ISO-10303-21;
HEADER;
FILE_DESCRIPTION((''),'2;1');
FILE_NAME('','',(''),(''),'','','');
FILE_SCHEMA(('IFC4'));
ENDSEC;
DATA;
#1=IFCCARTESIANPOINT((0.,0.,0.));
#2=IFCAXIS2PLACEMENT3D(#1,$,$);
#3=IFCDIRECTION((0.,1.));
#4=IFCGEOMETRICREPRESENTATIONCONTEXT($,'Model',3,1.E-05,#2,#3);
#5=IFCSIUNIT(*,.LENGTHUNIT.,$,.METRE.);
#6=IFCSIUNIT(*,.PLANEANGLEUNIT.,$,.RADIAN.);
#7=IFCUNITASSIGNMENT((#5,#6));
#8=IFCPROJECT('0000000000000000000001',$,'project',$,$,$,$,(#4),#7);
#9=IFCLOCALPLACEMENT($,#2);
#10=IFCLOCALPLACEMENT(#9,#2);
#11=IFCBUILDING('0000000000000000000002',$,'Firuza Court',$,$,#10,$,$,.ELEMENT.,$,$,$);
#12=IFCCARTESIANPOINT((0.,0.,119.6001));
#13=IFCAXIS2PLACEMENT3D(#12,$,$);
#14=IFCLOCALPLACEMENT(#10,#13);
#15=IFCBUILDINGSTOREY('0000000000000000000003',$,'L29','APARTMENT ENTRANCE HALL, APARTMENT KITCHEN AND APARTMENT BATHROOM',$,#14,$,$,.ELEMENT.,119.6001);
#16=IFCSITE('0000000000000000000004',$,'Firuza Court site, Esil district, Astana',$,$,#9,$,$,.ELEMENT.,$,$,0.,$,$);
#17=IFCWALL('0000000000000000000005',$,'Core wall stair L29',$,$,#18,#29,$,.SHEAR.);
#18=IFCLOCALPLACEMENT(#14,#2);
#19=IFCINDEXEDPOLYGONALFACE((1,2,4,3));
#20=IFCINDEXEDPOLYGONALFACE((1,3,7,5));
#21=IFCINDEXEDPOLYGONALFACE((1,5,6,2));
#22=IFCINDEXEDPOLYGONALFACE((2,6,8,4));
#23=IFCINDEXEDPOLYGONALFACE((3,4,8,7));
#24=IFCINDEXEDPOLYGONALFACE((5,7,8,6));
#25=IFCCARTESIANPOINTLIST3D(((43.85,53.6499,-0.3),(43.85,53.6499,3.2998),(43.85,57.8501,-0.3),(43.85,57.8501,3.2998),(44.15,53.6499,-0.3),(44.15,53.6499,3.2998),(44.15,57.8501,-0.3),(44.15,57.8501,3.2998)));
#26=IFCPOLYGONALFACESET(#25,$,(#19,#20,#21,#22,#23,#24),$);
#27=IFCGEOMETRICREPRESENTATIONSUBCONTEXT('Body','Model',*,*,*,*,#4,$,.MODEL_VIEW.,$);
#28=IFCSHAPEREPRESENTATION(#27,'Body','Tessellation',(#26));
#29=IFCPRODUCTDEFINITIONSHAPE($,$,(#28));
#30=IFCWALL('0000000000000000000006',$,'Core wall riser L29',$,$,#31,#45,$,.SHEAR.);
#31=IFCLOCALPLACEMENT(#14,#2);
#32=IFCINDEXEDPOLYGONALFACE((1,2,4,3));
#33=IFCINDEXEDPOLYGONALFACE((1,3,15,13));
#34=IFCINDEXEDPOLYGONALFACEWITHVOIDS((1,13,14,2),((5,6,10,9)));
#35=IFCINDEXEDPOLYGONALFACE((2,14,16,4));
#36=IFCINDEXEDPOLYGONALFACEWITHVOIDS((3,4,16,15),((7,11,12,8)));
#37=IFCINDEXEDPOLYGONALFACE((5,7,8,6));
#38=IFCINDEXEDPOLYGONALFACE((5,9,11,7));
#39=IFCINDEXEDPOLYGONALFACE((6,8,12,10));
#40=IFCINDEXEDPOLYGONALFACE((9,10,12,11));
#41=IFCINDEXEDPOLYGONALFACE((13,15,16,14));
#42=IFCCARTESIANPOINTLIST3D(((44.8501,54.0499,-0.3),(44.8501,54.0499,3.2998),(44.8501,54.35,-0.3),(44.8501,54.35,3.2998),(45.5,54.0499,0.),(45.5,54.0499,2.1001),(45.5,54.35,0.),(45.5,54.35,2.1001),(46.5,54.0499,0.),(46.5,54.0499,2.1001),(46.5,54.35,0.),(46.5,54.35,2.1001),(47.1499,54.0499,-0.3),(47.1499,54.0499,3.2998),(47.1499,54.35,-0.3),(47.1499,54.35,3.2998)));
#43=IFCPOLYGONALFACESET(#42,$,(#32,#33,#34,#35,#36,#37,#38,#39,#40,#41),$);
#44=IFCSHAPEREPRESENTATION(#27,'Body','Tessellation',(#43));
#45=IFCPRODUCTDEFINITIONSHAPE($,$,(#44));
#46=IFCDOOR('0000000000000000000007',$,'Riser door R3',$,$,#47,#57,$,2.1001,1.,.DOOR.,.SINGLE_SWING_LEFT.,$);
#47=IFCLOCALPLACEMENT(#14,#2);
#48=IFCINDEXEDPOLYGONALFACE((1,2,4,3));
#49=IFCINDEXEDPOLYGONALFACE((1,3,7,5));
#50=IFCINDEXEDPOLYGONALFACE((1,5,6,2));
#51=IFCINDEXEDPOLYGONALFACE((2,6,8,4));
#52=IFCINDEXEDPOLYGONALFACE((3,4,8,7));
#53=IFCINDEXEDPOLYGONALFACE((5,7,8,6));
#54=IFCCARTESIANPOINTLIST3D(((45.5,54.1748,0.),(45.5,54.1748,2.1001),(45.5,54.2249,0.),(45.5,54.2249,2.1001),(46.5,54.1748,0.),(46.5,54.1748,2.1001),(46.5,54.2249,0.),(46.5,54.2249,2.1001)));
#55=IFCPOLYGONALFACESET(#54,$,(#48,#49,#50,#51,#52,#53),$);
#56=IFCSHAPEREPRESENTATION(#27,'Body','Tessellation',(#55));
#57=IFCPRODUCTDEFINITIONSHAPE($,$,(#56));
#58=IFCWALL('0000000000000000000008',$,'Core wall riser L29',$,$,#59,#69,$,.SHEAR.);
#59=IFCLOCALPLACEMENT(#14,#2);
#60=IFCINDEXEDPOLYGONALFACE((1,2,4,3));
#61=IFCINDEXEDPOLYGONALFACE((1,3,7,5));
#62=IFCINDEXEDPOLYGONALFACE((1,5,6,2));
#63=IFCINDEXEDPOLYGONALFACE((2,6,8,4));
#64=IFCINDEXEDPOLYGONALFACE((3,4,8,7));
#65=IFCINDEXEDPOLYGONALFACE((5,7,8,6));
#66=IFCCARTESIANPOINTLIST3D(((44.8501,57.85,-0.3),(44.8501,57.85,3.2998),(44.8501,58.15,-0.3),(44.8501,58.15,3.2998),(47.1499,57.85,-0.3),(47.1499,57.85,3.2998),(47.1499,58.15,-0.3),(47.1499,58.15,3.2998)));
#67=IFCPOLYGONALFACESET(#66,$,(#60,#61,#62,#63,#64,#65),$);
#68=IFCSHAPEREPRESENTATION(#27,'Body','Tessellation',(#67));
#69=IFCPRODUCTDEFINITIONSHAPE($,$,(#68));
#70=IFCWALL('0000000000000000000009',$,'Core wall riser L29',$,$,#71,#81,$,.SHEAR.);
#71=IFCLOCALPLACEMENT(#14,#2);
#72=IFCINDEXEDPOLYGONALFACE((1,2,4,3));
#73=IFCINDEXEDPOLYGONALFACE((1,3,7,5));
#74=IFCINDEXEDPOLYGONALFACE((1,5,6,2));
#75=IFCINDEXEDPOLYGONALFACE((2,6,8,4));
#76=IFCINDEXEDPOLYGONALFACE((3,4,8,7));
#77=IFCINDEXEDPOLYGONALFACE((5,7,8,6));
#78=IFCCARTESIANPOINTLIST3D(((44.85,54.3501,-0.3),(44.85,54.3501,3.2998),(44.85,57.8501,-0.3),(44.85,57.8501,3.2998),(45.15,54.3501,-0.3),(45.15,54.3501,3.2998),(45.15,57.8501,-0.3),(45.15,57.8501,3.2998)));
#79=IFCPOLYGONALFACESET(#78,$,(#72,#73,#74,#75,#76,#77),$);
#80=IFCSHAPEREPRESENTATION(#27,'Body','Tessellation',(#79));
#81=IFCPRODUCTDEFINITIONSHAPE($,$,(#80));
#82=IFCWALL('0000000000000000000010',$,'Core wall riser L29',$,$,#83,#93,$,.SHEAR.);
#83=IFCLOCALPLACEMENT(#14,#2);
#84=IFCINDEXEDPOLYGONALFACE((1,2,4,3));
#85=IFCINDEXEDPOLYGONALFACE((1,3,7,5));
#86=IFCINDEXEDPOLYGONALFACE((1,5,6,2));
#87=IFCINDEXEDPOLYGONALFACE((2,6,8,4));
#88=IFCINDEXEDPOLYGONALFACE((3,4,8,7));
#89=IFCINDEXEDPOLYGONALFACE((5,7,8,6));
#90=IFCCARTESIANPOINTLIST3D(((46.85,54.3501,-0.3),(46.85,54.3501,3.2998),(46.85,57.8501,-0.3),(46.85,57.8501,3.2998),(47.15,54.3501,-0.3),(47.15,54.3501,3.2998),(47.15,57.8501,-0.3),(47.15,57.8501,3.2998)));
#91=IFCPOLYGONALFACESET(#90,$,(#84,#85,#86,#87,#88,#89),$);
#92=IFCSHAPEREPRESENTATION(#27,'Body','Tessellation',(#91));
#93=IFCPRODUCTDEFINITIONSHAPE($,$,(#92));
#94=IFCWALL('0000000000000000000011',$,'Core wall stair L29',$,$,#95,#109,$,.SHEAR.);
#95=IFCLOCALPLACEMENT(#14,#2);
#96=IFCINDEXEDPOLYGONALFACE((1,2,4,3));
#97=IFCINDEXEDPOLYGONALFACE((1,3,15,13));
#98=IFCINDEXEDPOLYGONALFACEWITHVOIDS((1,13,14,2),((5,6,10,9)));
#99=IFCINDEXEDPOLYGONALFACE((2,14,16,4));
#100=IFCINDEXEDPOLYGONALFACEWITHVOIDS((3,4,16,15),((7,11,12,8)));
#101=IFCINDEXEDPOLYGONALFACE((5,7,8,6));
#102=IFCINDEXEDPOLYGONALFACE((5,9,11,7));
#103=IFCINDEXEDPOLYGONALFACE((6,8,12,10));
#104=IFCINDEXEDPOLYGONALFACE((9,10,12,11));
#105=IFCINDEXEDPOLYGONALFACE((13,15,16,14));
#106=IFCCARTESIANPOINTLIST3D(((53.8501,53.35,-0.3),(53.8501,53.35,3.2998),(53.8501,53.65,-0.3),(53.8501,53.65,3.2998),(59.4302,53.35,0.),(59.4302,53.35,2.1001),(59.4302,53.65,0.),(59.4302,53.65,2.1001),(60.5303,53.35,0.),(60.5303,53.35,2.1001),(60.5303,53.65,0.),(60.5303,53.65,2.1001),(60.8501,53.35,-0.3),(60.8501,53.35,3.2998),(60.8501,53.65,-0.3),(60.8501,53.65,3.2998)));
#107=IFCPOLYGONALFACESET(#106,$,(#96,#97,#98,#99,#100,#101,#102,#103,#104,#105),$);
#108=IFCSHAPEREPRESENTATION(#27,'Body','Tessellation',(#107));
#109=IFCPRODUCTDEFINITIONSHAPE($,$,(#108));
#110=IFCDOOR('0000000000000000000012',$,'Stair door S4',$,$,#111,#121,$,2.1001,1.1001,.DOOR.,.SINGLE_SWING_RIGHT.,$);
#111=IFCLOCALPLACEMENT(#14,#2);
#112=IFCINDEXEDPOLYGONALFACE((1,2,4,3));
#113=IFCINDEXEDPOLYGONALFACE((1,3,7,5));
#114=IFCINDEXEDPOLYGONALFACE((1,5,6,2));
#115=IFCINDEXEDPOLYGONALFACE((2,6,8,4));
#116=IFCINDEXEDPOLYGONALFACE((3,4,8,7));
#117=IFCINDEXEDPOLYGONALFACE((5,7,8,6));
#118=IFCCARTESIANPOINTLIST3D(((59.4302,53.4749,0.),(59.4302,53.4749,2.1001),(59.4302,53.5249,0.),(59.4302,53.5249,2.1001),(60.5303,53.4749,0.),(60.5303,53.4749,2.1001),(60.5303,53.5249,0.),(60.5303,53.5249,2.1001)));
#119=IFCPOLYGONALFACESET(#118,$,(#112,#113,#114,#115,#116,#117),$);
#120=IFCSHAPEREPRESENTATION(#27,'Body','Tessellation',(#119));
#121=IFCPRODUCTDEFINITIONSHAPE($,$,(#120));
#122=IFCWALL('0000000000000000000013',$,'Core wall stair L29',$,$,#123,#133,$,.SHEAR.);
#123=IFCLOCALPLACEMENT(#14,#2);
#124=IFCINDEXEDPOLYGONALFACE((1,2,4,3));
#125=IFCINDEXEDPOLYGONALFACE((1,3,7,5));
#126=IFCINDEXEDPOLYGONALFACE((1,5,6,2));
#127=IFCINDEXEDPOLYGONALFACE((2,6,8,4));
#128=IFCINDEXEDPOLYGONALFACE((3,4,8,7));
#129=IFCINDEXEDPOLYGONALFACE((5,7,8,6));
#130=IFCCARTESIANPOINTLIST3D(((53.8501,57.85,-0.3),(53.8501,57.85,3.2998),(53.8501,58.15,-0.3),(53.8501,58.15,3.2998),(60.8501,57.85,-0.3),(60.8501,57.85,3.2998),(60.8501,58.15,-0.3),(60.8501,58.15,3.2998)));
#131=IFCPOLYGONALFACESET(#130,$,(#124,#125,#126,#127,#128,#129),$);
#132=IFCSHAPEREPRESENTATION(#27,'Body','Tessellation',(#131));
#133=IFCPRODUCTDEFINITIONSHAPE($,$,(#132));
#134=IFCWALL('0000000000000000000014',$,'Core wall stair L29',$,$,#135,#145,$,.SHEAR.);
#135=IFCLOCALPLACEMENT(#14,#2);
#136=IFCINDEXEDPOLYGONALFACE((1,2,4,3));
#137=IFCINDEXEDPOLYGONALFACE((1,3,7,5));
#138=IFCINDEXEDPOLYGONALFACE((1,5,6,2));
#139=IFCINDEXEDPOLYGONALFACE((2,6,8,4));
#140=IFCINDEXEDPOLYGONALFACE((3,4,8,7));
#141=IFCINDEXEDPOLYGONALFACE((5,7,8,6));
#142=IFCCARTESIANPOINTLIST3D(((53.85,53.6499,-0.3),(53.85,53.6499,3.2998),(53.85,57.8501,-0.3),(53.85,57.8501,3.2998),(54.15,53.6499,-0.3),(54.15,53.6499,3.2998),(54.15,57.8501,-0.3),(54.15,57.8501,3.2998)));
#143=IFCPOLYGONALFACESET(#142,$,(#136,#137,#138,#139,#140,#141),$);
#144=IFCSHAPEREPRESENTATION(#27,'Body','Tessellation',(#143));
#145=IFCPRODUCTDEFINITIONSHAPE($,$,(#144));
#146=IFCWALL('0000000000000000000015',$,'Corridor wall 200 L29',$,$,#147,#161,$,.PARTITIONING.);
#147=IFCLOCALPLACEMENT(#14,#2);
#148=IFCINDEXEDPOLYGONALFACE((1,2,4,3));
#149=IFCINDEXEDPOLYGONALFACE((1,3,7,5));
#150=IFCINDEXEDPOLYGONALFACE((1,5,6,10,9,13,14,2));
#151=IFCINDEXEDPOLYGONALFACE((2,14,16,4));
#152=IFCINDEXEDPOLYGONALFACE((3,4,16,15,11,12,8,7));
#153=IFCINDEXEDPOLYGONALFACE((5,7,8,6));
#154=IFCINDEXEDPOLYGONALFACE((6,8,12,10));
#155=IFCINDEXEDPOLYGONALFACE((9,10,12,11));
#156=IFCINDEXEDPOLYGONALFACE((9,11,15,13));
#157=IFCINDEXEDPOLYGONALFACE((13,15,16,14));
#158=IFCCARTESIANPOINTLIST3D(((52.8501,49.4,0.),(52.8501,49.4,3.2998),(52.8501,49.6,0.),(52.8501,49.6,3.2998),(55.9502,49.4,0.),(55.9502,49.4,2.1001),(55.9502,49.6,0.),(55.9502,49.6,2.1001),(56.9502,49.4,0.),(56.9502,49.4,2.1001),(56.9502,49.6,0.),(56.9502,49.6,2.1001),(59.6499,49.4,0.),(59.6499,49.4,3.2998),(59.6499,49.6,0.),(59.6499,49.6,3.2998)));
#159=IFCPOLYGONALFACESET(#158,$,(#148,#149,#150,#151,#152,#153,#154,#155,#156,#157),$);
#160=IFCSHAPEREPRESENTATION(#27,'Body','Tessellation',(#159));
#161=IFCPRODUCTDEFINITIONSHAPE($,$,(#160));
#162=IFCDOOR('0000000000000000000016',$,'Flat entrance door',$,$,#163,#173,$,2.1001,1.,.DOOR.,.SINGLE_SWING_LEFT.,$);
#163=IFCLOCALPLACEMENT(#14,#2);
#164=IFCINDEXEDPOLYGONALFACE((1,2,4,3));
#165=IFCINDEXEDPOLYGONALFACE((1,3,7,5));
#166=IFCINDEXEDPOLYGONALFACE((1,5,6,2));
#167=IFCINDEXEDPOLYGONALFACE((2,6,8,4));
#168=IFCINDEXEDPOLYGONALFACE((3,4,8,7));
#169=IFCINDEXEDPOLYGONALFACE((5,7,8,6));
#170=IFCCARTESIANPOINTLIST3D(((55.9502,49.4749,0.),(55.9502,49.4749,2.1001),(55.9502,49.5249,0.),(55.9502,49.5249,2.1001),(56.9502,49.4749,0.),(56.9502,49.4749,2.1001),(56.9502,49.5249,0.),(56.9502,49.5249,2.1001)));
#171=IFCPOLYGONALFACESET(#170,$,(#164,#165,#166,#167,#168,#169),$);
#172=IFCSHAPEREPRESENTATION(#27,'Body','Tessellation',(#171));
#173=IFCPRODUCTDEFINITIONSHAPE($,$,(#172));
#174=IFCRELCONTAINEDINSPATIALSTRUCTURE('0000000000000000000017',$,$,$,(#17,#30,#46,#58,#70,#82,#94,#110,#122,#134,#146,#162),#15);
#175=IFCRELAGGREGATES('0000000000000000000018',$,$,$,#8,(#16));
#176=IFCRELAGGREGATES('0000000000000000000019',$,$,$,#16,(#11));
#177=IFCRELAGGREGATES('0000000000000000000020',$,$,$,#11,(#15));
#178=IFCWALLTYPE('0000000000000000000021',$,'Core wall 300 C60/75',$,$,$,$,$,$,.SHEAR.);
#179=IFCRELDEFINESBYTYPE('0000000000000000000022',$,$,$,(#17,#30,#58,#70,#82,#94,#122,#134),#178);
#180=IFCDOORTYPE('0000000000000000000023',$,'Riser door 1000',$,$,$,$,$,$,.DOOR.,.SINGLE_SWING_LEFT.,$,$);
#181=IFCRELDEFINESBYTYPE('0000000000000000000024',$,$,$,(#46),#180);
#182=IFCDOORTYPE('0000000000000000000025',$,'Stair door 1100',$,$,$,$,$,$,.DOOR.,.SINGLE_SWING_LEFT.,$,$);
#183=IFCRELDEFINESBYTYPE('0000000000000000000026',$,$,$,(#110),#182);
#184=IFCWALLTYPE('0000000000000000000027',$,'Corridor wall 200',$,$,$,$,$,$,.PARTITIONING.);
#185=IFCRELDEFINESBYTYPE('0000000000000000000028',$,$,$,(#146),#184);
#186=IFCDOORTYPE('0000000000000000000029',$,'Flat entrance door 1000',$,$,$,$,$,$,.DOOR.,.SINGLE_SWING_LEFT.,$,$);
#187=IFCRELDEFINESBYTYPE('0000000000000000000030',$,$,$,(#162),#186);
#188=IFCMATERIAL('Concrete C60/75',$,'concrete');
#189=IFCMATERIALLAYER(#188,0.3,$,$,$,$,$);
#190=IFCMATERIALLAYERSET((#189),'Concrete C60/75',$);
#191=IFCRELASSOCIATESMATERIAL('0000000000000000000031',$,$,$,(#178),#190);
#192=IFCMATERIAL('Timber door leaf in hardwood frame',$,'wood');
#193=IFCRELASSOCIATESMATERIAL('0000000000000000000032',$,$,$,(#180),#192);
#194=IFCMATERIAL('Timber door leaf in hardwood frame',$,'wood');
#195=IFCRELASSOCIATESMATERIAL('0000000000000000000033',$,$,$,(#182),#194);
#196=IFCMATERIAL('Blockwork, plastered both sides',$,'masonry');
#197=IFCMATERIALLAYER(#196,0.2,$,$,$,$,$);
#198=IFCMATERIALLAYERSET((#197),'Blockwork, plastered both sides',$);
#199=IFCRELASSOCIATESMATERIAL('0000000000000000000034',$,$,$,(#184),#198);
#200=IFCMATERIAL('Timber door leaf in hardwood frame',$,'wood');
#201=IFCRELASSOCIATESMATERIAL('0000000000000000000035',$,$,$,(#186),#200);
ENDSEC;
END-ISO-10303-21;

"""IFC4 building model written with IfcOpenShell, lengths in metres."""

from ifc_helpers import new_model, si_unit, direction, frame, frame_2d, origin, place, context, subcontext, project, spatial, rectangle, extrude, material, layer, layer_set, type_object, element, fill, save


model = new_model("IFC4")

# Units and contexts
model_context = context("Model", 3, precision=1e-05, world=origin(), true_north=direction((0.0, 1.0)))
body_context = subcontext(model_context, "Body", "Model", "MODEL_VIEW")
ifc_project = project(units=[si_unit("LENGTHUNIT", "METRE"), si_unit("PLANEANGLEUNIT", "RADIAN")], contexts=[model_context])

# Site, building, storey
site_placement = place(None, origin())
site = spatial("IfcSite", under=ifc_project, at=site_placement, Name="Firuza Court site, Esil district, Astana", CompositionType="ELEMENT", RefElevation=0.0)
building_placement = place(site_placement, origin())
building = spatial("IfcBuilding", under=site, at=building_placement, Name="Firuza Court", CompositionType="ELEMENT")
storey_placement = place(building_placement, frame((0.0, 0.0, 119.6001)))
storey = spatial("IfcBuildingStorey", under=building, at=storey_placement, Name="L29", Description="APARTMENT ENTRANCE HALL, APARTMENT KITCHEN AND APARTMENT BATHROOM", CompositionType="ELEMENT", Elevation=119.6001)

# Wall
ifc_material_1 = material(Name="Concrete C60/75", Category="concrete")
ifc_layer_1 = layer(ifc_material_1, 0.3)
ifc_layer_set_1 = layer_set([ifc_layer_1], Name="Concrete C60/75")
wall_type_1 = type_object("IfcWallType", Name="Core wall 300 C60/75", PredefinedType="SHEAR", material=ifc_layer_set_1)
wall_1_placement = place(storey_placement, frame((44.0, 53.6499, -0.3), z_axis=(0.0, 0.0, 1.0), x_axis=(0.0, 1.0, 0.0)))
element("IfcWall", 1, at=wall_1_placement, inside=storey, type_object=wall_type_1, Name="Core wall stair L29", PredefinedType="SHEAR", context=body_context, shape_type="SweptSolid", body=[
    extrude(rectangle(XDim=4.2002, YDim=0.3, at=frame_2d((2.1001, 0.0))), origin(), (0.0, 0.0, 1.0), 3.5999),
])

# Wall, opening, door
wall_2_placement = place(storey_placement, frame((44.8501, 54.2, -0.3), z_axis=(0.0, 0.0, 1.0), x_axis=(1.0, 0.0, 0.0)))
wall_2 = element("IfcWall", 2, at=wall_2_placement, inside=storey, type_object=wall_type_1, Name="Core wall riser L29", PredefinedType="SHEAR", context=body_context, shape_type="SweptSolid", body=[
    extrude(rectangle(XDim=2.2998, YDim=0.3, at=frame_2d((1.1499, 0.0))), origin(), (0.0, 0.0, 1.0), 3.5999),
])
opening_1_placement = place(wall_2_placement, frame((0.6499, 0.0, 0.3)))
opening_1 = element("IfcOpeningElement", 3, at=opening_1_placement, cuts=wall_2, PredefinedType="OPENING", context=body_context, shape_type="SweptSolid", body=[
    extrude(rectangle(XDim=1.0, YDim=2.1001, at=frame_2d((0.5, 1.05))), frame((0.0, 0.1621, 0.0), z_axis=(0.0, -1.0, 0.0), x_axis=(1.0, 0.0, 0.0)), (0.0, 0.0, 1.0), 0.324),
])
ifc_material_2 = material(Name="Timber door leaf in hardwood frame", Category="wood")
door_type_1 = type_object("IfcDoorType", Name="Riser door 1000", OperationType="SINGLE_SWING_LEFT", PredefinedType="DOOR", material=ifc_material_2)
door_1_placement = place(opening_1_placement, origin())
door_1 = element("IfcDoor", 4, at=door_1_placement, inside=storey, type_object=door_type_1, Name="Riser door R3", OperationType="SINGLE_SWING_LEFT", OverallHeight=2.1001, OverallWidth=1.0, PredefinedType="DOOR", context=body_context, shape_type="SweptSolid", body=[
    extrude(rectangle(XDim=1.0, YDim=2.1001, at=frame_2d((0.5, 1.05))), frame((0.0, 0.0249, 0.0), z_axis=(0.0, -1.0, 0.0), x_axis=(1.0, 0.0, 0.0)), (0.0, 0.0, 1.0), 0.05),
])
fill(opening_1, door_1)

# Walls
wall_3_placement = place(storey_placement, frame((44.8501, 58.0, -0.3), z_axis=(0.0, 0.0, 1.0), x_axis=(1.0, 0.0, 0.0)))
element("IfcWall", 5, at=wall_3_placement, inside=storey, type_object=wall_type_1, Name="Core wall riser L29", PredefinedType="SHEAR", context=body_context, shape_type="SweptSolid", body=[
    extrude(rectangle(XDim=2.2998, YDim=0.3, at=frame_2d((1.1499, 0.0))), origin(), (0.0, 0.0, 1.0), 3.5999),
])
for number, where, z_axis, x_axis, name in (
    (6, (45.0, 54.3501, -0.3), (0.0, 0.0, 1.0), (0.0, 1.0, 0.0), "Core wall riser L29"),
    (7, (47.0, 54.3501, -0.3), (0.0, 0.0, 1.0), (0.0, 1.0, 0.0), "Core wall riser L29"),
):
    element("IfcWall", number, at=place(storey_placement, frame(where, z_axis=z_axis, x_axis=x_axis)), inside=storey, type_object=wall_type_1, Name=name, PredefinedType="SHEAR", context=body_context, shape_type="SweptSolid", body=[
        extrude(rectangle(XDim=3.5, YDim=0.3, at=frame_2d((1.75, 0.0))), origin(), (0.0, 0.0, 1.0), 3.5999),
    ])

# Wall, opening, door
wall_4_placement = place(storey_placement, frame((53.8501, 53.5, -0.3), z_axis=(0.0, 0.0, 1.0), x_axis=(1.0, 0.0, 0.0)))
wall_4 = element("IfcWall", 8, at=wall_4_placement, inside=storey, type_object=wall_type_1, Name="Core wall stair L29", PredefinedType="SHEAR", context=body_context, shape_type="SweptSolid", body=[
    extrude(rectangle(XDim=7.0, YDim=0.3, at=frame_2d((3.5, 0.0))), origin(), (0.0, 0.0, 1.0), 3.5999),
])
opening_2_placement = place(wall_4_placement, frame((5.5801, 0.0, 0.3)))
opening_2 = element("IfcOpeningElement", 9, at=opening_2_placement, cuts=wall_4, PredefinedType="OPENING", context=body_context, shape_type="SweptSolid", body=[
    extrude(rectangle(XDim=1.1001, YDim=2.1001, at=frame_2d((0.55, 1.05))), frame((0.0, 0.1621, 0.0), z_axis=(0.0, -1.0, 0.0), x_axis=(1.0, 0.0, 0.0)), (0.0, 0.0, 1.0), 0.324),
])
ifc_material_3 = material(Name="Timber door leaf in hardwood frame", Category="wood")
door_type_2 = type_object("IfcDoorType", Name="Stair door 1100", OperationType="SINGLE_SWING_LEFT", PredefinedType="DOOR", material=ifc_material_3)
door_2_placement = place(opening_2_placement, origin())
door_2 = element("IfcDoor", 10, at=door_2_placement, inside=storey, type_object=door_type_2, Name="Stair door S4", OperationType="SINGLE_SWING_RIGHT", OverallHeight=2.1001, OverallWidth=1.1001, PredefinedType="DOOR", context=body_context, shape_type="SweptSolid", body=[
    extrude(rectangle(XDim=1.1001, YDim=2.1001, at=frame_2d((0.55, 1.05))), frame((0.0, 0.0249, 0.0), z_axis=(0.0, -1.0, 0.0), x_axis=(1.0, 0.0, 0.0)), (0.0, 0.0, 1.0), 0.05),
])
fill(opening_2, door_2)

# Walls
wall_5_placement = place(storey_placement, frame((53.8501, 58.0, -0.3), z_axis=(0.0, 0.0, 1.0), x_axis=(1.0, 0.0, 0.0)))
element("IfcWall", 11, at=wall_5_placement, inside=storey, type_object=wall_type_1, Name="Core wall stair L29", PredefinedType="SHEAR", context=body_context, shape_type="SweptSolid", body=[
    extrude(rectangle(XDim=7.0, YDim=0.3, at=frame_2d((3.5, 0.0))), origin(), (0.0, 0.0, 1.0), 3.5999),
])
wall_6_placement = place(storey_placement, frame((54.0, 53.6499, -0.3), z_axis=(0.0, 0.0, 1.0), x_axis=(0.0, 1.0, 0.0)))
element("IfcWall", 12, at=wall_6_placement, inside=storey, type_object=wall_type_1, Name="Core wall stair L29", PredefinedType="SHEAR", context=body_context, shape_type="SweptSolid", body=[
    extrude(rectangle(XDim=4.2002, YDim=0.3, at=frame_2d((2.1001, 0.0))), origin(), (0.0, 0.0, 1.0), 3.5999),
])

# Wall, opening, door
ifc_material_4 = material(Name="Blockwork, plastered both sides", Category="masonry")
ifc_layer_2 = layer(ifc_material_4, 0.2)
ifc_layer_set_2 = layer_set([ifc_layer_2], Name="Blockwork, plastered both sides")
wall_type_2 = type_object("IfcWallType", Name="Corridor wall 200", PredefinedType="PARTITIONING", material=ifc_layer_set_2)
wall_7_placement = place(storey_placement, frame((52.8501, 49.5, 0.0), z_axis=(0.0, 0.0, 1.0), x_axis=(1.0, 0.0, 0.0)))
wall_7 = element("IfcWall", 13, at=wall_7_placement, inside=storey, type_object=wall_type_2, Name="Corridor wall 200 L29", PredefinedType="PARTITIONING", context=body_context, shape_type="SweptSolid", body=[
    extrude(rectangle(XDim=6.7998, YDim=0.2, at=frame_2d((3.3999, 0.0))), origin(), (0.0, 0.0, 1.0), 3.2998),
])
opening_3_placement = place(wall_7_placement, frame((3.1001, 0.0, 0.0)))
opening_3 = element("IfcOpeningElement", 14, at=opening_3_placement, cuts=wall_7, PredefinedType="OPENING", context=body_context, shape_type="SweptSolid", body=[
    extrude(rectangle(XDim=1.0, YDim=2.1001, at=frame_2d((0.5, 1.05))), frame((0.0, 0.1118, 0.0), z_axis=(0.0, -1.0, 0.0), x_axis=(1.0, 0.0, 0.0)), (0.0, 0.0, 1.0), 0.2239),
])
ifc_material_5 = material(Name="Timber door leaf in hardwood frame", Category="wood")
door_type_3 = type_object("IfcDoorType", Name="Flat entrance door 1000", OperationType="SINGLE_SWING_LEFT", PredefinedType="DOOR", material=ifc_material_5)
door_3_placement = place(opening_3_placement, origin())
door_3 = element("IfcDoor", 15, at=door_3_placement, inside=storey, type_object=door_type_3, Name="Flat entrance door", OperationType="SINGLE_SWING_LEFT", OverallHeight=2.1001, OverallWidth=1.0, PredefinedType="DOOR", context=body_context, shape_type="SweptSolid", body=[
    extrude(rectangle(XDim=1.0, YDim=2.1001, at=frame_2d((0.5, 1.05))), frame((0.0, 0.0249, 0.0), z_axis=(0.0, -1.0, 0.0), x_axis=(1.0, 0.0, 0.0)), (0.0, 0.0, 1.0), 0.05),
])
fill(opening_3, door_3)

save(model, "model.ifc")
